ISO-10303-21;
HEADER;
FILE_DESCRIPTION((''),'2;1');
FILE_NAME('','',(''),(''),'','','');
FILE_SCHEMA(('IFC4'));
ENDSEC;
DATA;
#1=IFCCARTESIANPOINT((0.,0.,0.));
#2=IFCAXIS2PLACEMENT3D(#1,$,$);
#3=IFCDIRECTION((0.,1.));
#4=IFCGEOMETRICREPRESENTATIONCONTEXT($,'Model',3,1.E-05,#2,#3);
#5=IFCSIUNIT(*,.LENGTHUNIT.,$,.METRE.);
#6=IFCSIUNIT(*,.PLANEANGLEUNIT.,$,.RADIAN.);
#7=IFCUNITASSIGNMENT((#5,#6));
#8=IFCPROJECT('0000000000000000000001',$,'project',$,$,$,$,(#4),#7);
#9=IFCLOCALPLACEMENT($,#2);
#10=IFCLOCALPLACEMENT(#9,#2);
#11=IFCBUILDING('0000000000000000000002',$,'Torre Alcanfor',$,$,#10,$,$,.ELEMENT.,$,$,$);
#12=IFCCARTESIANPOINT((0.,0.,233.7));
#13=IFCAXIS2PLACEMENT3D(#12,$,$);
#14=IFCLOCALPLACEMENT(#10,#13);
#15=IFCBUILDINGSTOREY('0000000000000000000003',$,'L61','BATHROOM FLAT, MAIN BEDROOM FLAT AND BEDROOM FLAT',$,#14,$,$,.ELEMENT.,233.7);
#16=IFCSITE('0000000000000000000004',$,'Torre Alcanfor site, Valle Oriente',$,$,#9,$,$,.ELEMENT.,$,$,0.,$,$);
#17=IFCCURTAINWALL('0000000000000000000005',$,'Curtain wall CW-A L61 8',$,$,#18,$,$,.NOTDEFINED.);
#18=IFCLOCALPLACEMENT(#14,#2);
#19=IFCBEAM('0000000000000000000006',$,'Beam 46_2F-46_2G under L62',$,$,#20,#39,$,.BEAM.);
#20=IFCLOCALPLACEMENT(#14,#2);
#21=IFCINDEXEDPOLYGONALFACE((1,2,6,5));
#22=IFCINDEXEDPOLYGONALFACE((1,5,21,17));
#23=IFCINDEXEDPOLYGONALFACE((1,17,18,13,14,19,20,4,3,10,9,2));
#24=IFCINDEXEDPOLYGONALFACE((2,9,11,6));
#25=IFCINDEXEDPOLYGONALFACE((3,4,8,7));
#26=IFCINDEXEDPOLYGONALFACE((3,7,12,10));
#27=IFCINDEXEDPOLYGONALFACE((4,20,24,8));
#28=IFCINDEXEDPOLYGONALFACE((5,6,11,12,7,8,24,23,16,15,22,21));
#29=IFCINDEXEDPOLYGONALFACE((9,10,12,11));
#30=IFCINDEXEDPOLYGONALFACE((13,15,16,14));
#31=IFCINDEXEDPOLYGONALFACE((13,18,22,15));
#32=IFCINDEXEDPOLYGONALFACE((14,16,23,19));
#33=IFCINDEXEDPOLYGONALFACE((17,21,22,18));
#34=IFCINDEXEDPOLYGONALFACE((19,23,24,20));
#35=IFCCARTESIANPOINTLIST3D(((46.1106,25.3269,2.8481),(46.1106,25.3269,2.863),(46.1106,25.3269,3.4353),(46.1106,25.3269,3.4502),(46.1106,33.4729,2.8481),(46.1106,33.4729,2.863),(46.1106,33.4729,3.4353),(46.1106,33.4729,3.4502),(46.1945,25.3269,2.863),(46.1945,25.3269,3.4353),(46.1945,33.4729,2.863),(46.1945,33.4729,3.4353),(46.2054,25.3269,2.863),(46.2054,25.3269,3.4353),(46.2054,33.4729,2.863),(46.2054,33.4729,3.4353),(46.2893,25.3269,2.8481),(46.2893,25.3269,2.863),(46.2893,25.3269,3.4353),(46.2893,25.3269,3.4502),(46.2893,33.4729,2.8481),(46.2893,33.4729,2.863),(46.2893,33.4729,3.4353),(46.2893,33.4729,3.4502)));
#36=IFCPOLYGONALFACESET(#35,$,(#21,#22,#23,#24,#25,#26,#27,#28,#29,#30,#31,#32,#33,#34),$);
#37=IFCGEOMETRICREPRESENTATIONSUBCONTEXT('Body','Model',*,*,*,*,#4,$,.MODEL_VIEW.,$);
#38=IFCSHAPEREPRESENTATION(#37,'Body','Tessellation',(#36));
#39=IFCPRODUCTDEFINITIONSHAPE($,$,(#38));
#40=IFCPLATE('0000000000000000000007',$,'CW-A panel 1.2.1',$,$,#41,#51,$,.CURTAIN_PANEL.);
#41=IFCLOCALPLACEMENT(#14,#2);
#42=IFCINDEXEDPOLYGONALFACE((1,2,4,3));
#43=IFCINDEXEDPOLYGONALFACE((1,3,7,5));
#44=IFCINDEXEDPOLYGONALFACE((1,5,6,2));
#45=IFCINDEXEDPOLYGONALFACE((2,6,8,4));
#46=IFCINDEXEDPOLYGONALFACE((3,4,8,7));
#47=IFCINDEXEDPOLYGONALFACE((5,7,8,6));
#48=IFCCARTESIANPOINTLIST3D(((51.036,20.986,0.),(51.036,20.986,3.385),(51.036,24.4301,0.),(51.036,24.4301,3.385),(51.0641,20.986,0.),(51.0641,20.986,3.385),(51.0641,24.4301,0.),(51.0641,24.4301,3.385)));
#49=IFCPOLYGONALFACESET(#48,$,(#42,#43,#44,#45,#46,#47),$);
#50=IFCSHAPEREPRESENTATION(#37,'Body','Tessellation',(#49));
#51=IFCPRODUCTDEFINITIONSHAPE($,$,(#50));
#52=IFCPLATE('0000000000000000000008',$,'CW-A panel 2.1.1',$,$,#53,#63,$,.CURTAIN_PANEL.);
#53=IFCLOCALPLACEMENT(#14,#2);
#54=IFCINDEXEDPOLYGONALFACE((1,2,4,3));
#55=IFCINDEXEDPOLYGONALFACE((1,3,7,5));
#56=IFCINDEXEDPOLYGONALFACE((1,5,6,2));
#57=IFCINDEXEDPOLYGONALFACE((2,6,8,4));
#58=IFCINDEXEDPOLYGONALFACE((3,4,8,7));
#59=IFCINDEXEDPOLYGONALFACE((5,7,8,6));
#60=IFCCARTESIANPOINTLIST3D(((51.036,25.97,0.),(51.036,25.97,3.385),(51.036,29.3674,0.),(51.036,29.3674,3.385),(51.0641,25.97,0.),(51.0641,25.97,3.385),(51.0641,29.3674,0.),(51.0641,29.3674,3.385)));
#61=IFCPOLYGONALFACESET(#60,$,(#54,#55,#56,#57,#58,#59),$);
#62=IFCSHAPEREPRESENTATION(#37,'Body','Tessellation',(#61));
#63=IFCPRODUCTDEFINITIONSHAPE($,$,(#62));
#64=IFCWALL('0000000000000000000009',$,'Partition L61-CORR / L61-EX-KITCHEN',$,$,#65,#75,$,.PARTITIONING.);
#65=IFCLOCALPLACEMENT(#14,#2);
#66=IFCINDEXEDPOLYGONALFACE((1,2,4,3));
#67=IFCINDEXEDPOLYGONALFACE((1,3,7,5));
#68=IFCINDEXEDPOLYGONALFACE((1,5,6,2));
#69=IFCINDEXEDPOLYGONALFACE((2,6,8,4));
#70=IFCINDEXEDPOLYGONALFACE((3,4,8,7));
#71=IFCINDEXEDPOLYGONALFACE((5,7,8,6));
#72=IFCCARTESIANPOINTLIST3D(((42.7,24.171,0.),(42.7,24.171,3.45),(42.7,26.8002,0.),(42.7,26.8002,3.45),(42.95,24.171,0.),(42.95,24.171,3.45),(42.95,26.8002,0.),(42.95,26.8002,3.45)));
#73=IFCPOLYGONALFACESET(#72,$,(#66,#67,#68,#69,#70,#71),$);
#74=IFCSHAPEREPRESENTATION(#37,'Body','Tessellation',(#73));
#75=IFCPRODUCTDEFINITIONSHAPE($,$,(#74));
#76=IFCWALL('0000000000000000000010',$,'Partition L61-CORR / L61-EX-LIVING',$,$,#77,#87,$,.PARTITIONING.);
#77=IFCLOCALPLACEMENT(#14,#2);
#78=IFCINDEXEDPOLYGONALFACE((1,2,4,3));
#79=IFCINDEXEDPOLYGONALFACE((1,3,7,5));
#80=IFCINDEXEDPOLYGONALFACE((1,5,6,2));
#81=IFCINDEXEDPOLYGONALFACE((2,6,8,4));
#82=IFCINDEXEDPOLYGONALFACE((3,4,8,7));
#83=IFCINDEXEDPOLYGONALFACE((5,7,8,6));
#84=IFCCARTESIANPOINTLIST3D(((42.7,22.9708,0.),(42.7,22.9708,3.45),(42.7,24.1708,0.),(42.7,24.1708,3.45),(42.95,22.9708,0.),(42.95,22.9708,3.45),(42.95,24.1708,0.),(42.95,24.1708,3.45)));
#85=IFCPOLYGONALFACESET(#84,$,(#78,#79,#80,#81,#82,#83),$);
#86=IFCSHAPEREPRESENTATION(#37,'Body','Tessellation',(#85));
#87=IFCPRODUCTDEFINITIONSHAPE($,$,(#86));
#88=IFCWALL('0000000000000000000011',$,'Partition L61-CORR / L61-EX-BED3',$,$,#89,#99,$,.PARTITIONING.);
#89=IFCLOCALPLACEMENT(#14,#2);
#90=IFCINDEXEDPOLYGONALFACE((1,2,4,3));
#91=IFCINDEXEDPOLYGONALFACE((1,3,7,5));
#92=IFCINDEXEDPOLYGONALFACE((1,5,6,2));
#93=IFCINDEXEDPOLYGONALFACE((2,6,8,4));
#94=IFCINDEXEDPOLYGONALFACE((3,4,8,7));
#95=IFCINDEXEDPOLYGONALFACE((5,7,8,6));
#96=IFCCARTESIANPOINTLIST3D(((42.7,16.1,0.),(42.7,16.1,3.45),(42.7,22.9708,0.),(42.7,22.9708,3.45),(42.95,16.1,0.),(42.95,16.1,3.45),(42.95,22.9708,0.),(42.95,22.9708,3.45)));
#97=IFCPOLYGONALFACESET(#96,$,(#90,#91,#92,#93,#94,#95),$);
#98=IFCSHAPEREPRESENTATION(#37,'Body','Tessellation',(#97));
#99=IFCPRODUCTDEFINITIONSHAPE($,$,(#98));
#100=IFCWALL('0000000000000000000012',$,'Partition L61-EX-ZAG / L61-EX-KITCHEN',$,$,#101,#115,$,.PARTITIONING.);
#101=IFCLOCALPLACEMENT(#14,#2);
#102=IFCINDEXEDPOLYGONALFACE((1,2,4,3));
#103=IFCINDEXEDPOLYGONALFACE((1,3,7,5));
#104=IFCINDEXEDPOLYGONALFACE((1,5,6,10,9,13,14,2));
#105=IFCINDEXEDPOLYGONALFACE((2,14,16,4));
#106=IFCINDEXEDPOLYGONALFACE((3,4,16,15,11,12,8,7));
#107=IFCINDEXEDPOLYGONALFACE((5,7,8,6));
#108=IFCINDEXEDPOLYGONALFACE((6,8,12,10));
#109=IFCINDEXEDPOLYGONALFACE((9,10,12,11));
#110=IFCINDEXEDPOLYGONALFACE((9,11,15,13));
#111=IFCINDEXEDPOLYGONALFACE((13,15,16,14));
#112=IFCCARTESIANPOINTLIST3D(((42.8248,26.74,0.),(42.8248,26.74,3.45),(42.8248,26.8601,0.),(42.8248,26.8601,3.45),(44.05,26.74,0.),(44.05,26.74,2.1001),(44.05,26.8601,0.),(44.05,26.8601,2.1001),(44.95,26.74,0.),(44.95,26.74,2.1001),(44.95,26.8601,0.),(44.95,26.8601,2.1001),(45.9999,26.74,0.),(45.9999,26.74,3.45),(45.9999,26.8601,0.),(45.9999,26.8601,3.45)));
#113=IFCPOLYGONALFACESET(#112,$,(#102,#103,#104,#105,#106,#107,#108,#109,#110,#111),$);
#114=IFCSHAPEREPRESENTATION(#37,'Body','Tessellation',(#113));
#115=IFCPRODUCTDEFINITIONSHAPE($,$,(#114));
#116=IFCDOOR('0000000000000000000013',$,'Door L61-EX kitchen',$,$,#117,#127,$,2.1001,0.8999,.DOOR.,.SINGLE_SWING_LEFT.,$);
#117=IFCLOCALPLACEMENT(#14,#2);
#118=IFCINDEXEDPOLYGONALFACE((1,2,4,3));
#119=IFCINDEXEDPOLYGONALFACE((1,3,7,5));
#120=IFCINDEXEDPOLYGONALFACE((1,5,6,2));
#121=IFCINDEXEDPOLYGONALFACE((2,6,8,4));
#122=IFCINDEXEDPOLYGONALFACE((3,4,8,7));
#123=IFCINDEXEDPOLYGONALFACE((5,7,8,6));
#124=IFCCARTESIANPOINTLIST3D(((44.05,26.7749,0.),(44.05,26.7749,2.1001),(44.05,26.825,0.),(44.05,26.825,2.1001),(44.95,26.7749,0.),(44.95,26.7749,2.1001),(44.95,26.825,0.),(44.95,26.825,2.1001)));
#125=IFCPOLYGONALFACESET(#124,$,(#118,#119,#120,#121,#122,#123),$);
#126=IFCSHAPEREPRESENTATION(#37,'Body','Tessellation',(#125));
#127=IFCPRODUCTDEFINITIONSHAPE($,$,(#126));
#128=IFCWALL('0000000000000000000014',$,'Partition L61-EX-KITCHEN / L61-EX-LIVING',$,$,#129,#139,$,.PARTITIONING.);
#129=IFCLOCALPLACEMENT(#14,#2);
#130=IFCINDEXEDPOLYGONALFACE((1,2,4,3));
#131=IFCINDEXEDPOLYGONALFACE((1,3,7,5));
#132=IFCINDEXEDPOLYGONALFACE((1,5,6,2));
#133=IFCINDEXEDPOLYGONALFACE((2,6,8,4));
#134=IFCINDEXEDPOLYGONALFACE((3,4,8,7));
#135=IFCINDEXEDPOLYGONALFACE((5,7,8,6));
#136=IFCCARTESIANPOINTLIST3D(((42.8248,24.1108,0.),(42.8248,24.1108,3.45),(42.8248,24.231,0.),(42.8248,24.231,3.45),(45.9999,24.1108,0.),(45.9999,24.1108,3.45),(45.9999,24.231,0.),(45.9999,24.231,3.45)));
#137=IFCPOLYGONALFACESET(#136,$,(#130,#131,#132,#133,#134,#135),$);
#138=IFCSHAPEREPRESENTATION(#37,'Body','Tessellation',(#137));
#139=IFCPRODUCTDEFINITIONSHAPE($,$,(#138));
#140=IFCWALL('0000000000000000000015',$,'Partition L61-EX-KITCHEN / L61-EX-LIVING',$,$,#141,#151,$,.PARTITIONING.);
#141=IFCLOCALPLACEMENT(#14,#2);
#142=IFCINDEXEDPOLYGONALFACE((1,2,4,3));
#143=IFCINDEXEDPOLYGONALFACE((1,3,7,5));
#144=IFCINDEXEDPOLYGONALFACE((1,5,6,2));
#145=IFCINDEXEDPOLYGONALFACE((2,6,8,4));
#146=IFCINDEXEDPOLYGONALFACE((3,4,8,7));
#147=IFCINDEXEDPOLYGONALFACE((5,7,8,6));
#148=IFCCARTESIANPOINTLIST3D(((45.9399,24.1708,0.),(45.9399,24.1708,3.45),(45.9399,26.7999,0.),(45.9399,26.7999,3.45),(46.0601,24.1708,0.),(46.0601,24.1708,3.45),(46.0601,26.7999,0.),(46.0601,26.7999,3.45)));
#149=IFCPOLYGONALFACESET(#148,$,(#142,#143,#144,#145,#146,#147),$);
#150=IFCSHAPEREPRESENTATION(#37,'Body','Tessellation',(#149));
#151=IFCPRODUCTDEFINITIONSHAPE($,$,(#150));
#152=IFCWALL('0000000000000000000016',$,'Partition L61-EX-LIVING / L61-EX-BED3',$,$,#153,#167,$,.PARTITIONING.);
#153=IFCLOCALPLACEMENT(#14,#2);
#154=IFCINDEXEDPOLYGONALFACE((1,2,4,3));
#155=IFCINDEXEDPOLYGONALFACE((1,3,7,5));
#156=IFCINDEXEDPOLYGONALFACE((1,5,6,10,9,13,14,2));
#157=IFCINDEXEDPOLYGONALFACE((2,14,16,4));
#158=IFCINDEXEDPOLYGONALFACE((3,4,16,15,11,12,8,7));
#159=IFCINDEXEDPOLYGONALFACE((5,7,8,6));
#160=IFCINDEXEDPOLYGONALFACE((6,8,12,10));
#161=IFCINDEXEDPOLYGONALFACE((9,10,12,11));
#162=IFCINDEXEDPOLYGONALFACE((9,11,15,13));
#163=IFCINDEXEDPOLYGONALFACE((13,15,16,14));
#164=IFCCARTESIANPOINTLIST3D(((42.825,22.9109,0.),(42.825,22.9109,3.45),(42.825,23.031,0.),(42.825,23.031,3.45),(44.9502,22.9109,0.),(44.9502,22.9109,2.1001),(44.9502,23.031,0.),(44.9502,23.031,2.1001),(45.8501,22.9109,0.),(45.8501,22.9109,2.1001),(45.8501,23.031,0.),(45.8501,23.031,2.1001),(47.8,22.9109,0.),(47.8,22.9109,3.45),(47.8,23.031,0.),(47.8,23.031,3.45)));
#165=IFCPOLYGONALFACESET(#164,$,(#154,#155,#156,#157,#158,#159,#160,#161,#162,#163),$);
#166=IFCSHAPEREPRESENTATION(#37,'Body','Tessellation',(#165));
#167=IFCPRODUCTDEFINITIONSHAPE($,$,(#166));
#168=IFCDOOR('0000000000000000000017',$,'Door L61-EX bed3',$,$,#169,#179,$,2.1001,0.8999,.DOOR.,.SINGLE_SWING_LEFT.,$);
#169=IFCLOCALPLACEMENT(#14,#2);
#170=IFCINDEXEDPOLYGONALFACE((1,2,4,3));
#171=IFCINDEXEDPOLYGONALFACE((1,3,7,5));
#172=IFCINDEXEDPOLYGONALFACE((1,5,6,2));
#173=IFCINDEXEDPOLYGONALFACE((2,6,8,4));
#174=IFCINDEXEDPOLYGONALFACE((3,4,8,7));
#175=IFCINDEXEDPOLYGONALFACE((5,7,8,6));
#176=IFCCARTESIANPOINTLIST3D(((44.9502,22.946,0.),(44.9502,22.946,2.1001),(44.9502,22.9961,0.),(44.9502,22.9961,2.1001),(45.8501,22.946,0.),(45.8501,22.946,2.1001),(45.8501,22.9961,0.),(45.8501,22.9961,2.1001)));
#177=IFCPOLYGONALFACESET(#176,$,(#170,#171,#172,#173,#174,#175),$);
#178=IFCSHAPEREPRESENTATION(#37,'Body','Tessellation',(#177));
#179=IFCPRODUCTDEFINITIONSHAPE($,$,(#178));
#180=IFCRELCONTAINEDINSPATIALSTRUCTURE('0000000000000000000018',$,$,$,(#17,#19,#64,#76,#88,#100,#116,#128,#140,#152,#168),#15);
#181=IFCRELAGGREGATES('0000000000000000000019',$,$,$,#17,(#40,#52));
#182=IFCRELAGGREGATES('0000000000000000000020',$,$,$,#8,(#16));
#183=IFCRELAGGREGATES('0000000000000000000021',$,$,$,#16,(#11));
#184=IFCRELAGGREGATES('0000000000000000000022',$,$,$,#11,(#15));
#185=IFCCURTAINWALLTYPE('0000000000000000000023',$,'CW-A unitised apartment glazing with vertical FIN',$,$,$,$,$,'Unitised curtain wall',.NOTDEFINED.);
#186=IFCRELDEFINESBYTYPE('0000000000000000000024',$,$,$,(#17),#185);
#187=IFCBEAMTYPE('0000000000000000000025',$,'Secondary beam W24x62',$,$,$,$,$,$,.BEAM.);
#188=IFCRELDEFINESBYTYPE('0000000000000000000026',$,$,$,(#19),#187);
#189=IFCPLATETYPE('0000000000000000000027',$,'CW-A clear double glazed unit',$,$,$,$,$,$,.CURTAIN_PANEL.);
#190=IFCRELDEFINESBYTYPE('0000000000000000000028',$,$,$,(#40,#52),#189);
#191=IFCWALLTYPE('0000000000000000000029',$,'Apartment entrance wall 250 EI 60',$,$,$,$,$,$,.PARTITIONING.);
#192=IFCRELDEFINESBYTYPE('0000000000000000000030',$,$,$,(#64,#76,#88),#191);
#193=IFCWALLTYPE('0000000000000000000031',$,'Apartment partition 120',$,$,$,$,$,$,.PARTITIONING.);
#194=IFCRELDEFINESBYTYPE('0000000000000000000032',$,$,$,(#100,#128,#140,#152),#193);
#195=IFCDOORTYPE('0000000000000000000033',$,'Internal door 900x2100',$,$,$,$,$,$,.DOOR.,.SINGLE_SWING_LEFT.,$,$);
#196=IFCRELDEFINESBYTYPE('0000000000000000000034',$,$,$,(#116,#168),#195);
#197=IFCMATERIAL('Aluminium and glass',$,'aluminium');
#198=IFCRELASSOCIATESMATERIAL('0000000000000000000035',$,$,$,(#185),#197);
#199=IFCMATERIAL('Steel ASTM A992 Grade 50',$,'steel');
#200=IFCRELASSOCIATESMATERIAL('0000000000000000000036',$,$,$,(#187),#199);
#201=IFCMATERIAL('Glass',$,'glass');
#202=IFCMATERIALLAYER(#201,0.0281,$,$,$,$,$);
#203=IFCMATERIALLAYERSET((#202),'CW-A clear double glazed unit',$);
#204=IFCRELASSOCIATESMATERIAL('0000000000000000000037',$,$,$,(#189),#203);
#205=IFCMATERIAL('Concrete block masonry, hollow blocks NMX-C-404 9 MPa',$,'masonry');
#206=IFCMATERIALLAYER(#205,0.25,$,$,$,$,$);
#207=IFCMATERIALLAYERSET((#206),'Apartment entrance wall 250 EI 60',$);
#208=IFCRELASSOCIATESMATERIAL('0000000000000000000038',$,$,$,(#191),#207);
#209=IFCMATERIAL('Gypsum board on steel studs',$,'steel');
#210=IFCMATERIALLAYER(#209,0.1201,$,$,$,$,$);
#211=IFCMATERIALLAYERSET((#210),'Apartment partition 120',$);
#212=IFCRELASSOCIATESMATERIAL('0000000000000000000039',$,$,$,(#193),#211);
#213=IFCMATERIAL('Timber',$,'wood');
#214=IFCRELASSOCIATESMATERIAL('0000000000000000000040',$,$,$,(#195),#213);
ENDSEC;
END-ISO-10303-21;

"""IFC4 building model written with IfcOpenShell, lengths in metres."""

from ifc_helpers import new_model, si_unit, direction, frame, frame_2d, origin, origin_2d, place, context, subcontext, project, spatial, rectangle, i_section, extrude, material, layer, layer_set, material_profile, profile_set, type_object, element, fill, aggregate, save


model = new_model("IFC4")

# Units and contexts
model_context = context("Model", 3, precision=1e-05, world=origin(), true_north=direction((0.0, 1.0)))
body_context = subcontext(model_context, "Body", "Model", "MODEL_VIEW")
ifc_project = project(units=[si_unit("LENGTHUNIT", "METRE"), si_unit("PLANEANGLEUNIT", "RADIAN")], contexts=[model_context])

# Site, building, storey
site_placement = place(None, origin())
site = spatial("IfcSite", under=ifc_project, at=site_placement, Name="Torre Alcanfor site, Valle Oriente", CompositionType="ELEMENT", RefElevation=0.0)
building_placement = place(site_placement, origin())
building = spatial("IfcBuilding", under=site, at=building_placement, Name="Torre Alcanfor", CompositionType="ELEMENT")
storey_placement = place(building_placement, frame((0.0, 0.0, 233.7)))
storey = spatial("IfcBuildingStorey", under=building, at=storey_placement, Name="L61", Description="BATHROOM FLAT, MAIN BEDROOM FLAT AND BEDROOM FLAT", CompositionType="ELEMENT", Elevation=233.7)

# Curtain wall
ifc_material_1 = material(Name="Aluminium and glass", Category="aluminium")
curtain_wall_type = type_object("IfcCurtainWallType", Name="CW-A unitised apartment glazing with vertical FIN", ElementType="Unitised curtain wall", PredefinedType="NOTDEFINED", material=ifc_material_1)
curtain_wall_placement = place(storey_placement, origin())
curtain_wall = element("IfcCurtainWall", 1, at=curtain_wall_placement, inside=storey, type_object=curtain_wall_type, Name="Curtain wall CW-A L61 8", PredefinedType="NOTDEFINED")

# Beam
ifc_material_2 = material(Name="Steel ASTM A992 Grade 50", Category="steel")
ifc_material_profile_1 = material_profile(ifc_material_2, i_section(OverallWidth=0.1787, OverallDepth=0.6021, WebThickness=0.011, FlangeThickness=0.0149, at=origin_2d()), Name="W24x62")
ifc_profile_set_1 = profile_set([ifc_material_profile_1], Name="Steel ASTM A992 Grade 50")
beam_type_1 = type_object("IfcBeamType", Name="Secondary beam W24x62", PredefinedType="BEAM", material=ifc_profile_set_1)
beam_1_placement = place(storey_placement, frame((46.2, 25.3269, 3.1492), z_axis=(0.0, 1.0, 0.0), x_axis=(-1.0, 0.0, 0.0)))
element("IfcBeam", 2, at=beam_1_placement, inside=storey, type_object=beam_type_1, Name="Beam 46_2F-46_2G under L62", PredefinedType="BEAM", context=body_context, shape_type="SweptSolid", body=[
    extrude(i_section(OverallWidth=0.1787, OverallDepth=0.6021, WebThickness=0.011, FlangeThickness=0.0149, at=origin_2d()), origin(), (0.0, 0.0, 1.0), 8.146),
])

# Plates
ifc_material_3 = material(Name="Glass", Category="glass")
ifc_layer_1 = layer(ifc_material_3, 0.0281)
ifc_layer_set_1 = layer_set([ifc_layer_1], Name="CW-A clear double glazed unit")
plate_type = type_object("IfcPlateType", Name="CW-A clear double glazed unit", PredefinedType="CURTAIN_PANEL", material=ifc_layer_set_1)
plate_1_placement = place(storey_placement, frame((51.05, 22.708, 0.0), z_axis=(0.0, 0.0, 1.0), x_axis=(0.0, 1.0, 0.0)))
plate_1 = element("IfcPlate", 3, at=plate_1_placement, type_object=plate_type, Name="CW-A panel 1.2.1", PredefinedType="CURTAIN_PANEL", context=body_context, shape_type="SweptSolid", body=[
    extrude(rectangle(XDim=3.4441, YDim=0.0281, at=origin_2d()), origin(), (0.0, 0.0, 1.0), 3.385),
])
plate_2_placement = place(storey_placement, frame((51.05, 27.6687, 0.0), z_axis=(0.0, 0.0, 1.0), x_axis=(0.0, 1.0, 0.0)))
plate_2 = element("IfcPlate", 4, at=plate_2_placement, type_object=plate_type, Name="CW-A panel 2.1.1", PredefinedType="CURTAIN_PANEL", context=body_context, shape_type="SweptSolid", body=[
    extrude(rectangle(XDim=3.3975, YDim=0.0281, at=origin_2d()), origin(), (0.0, 0.0, 1.0), 3.385),
])
aggregate(curtain_wall, [plate_1, plate_2])

# Walls
ifc_material_4 = material(Name="Concrete block masonry, hollow blocks NMX-C-404 9 MPa", Category="masonry")
ifc_layer_2 = layer(ifc_material_4, 0.25)
ifc_layer_set_2 = layer_set([ifc_layer_2], Name="Apartment entrance wall 250 EI 60")
wall_type_1 = type_object("IfcWallType", Name="Apartment entrance wall 250 EI 60", PredefinedType="PARTITIONING", material=ifc_layer_set_2)
wall_1_placement = place(storey_placement, frame((42.825, 26.8, 0.0), z_axis=(0.0, 0.0, 1.0), x_axis=(0.0, -1.0, 0.0)))
element("IfcWall", 5, at=wall_1_placement, inside=storey, type_object=wall_type_1, Name="Partition L61-CORR / L61-EX-KITCHEN", PredefinedType="PARTITIONING", context=body_context, shape_type="SweptSolid", body=[
    extrude(rectangle(XDim=2.6292, YDim=0.25, at=frame_2d((1.3145, 0.0))), origin(), (0.0, 0.0, 1.0), 3.45),
])
wall_2_placement = place(storey_placement, frame((42.825, 24.1709, 0.0), z_axis=(0.0, 0.0, 1.0), x_axis=(0.0, -1.0, 0.0)))
element("IfcWall", 6, at=wall_2_placement, inside=storey, type_object=wall_type_1, Name="Partition L61-CORR / L61-EX-LIVING", PredefinedType="PARTITIONING", context=body_context, shape_type="SweptSolid", body=[
    extrude(rectangle(XDim=1.2, YDim=0.25, at=frame_2d((0.6001, 0.0))), origin(), (0.0, 0.0, 1.0), 3.45),
])
wall_3_placement = place(storey_placement, frame((42.825, 22.9709, 0.0), z_axis=(0.0, 0.0, 1.0), x_axis=(0.0, -1.0, 0.0)))
element("IfcWall", 7, at=wall_3_placement, inside=storey, type_object=wall_type_1, Name="Partition L61-CORR / L61-EX-BED3", PredefinedType="PARTITIONING", context=body_context, shape_type="SweptSolid", body=[
    extrude(rectangle(XDim=6.8708, YDim=0.25, at=frame_2d((3.4355, 0.0))), origin(), (0.0, 0.0, 1.0), 3.45),
])

# Wall, opening, door
ifc_material_5 = material(Name="Gypsum board on steel studs", Category="steel")
ifc_layer_3 = layer(ifc_material_5, 0.1201)
ifc_layer_set_3 = layer_set([ifc_layer_3], Name="Apartment partition 120")
wall_type_2 = type_object("IfcWallType", Name="Apartment partition 120", PredefinedType="PARTITIONING", material=ifc_layer_set_3)
wall_4_placement = place(storey_placement, frame((42.825, 26.8, 0.0), z_axis=(0.0, 0.0, 1.0), x_axis=(1.0, 0.0, 0.0)))
wall_4 = element("IfcWall", 8, at=wall_4_placement, inside=storey, type_object=wall_type_2, Name="Partition L61-EX-ZAG / L61-EX-KITCHEN", PredefinedType="PARTITIONING", context=body_context, shape_type="SweptSolid", body=[
    extrude(rectangle(XDim=3.175, YDim=0.1201, at=frame_2d((1.5874, 0.0))), origin(), (0.0, 0.0, 1.0), 3.45),
])
opening_1_placement = place(wall_4_placement, frame((1.2251, 0.0, 0.0)))
opening_1 = element("IfcOpeningElement", 9, at=opening_1_placement, cuts=wall_4, PredefinedType="OPENING", context=body_context, shape_type="SweptSolid", body=[
    extrude(rectangle(XDim=0.8999, YDim=2.1001, at=frame_2d((0.45, 1.05))), frame((0.0, 0.0701, 0.0), z_axis=(0.0, -1.0, 0.0), x_axis=(1.0, 0.0, 0.0)), (0.0, 0.0, 1.0), 0.1401),
])
ifc_material_6 = material(Name="Timber", Category="wood")
door_type_1 = type_object("IfcDoorType", Name="Internal door 900x2100", OperationType="SINGLE_SWING_LEFT", PredefinedType="DOOR", material=ifc_material_6)
door_1_placement = place(opening_1_placement, frame((0.8999, 0.0, 0.0), z_axis=(0.0, 0.0, 1.0), x_axis=(-1.0, 0.0, 0.0)))
door_1 = element("IfcDoor", 10, at=door_1_placement, inside=storey, type_object=door_type_1, Name="Door L61-EX kitchen", OperationType="SINGLE_SWING_LEFT", OverallHeight=2.1001, OverallWidth=0.8999, PredefinedType="DOOR", context=body_context, shape_type="SweptSolid", body=[
    extrude(rectangle(XDim=0.8999, YDim=2.1001, at=frame_2d((0.45, 1.05))), frame((0.0, 0.0251, 0.0), z_axis=(0.0, -1.0, 0.0), x_axis=(1.0, 0.0, 0.0)), (0.0, 0.0, 1.0), 0.05),
])
fill(opening_1, door_1)

# Walls
wall_5_placement = place(storey_placement, frame((42.825, 24.1709, 0.0), z_axis=(0.0, 0.0, 1.0), x_axis=(1.0, 0.0, 0.0)))
element("IfcWall", 11, at=wall_5_placement, inside=storey, type_object=wall_type_2, Name="Partition L61-EX-KITCHEN / L61-EX-LIVING", PredefinedType="PARTITIONING", context=body_context, shape_type="SweptSolid", body=[
    extrude(rectangle(XDim=3.175, YDim=0.1201, at=frame_2d((1.5874, 0.0))), origin(), (0.0, 0.0, 1.0), 3.45),
])
wall_6_placement = place(storey_placement, frame((46.0, 24.1709, 0.0), z_axis=(0.0, 0.0, 1.0), x_axis=(0.0, 1.0, 0.0)))
element("IfcWall", 12, at=wall_6_placement, inside=storey, type_object=wall_type_2, Name="Partition L61-EX-KITCHEN / L61-EX-LIVING", PredefinedType="PARTITIONING", context=body_context, shape_type="SweptSolid", body=[
    extrude(rectangle(XDim=2.6292, YDim=0.1201, at=frame_2d((1.3145, 0.0))), origin(), (0.0, 0.0, 1.0), 3.45),
])

# Wall, opening, door
wall_7_placement = place(storey_placement, frame((47.8, 22.9709, 0.0), z_axis=(0.0, 0.0, 1.0), x_axis=(-1.0, 0.0, 0.0)))
wall_7 = element("IfcWall", 13, at=wall_7_placement, inside=storey, type_object=wall_type_2, Name="Partition L61-EX-LIVING / L61-EX-BED3", PredefinedType="PARTITIONING", context=body_context, shape_type="SweptSolid", body=[
    extrude(rectangle(XDim=4.9751, YDim=0.1201, at=frame_2d((2.4875, 0.0))), origin(), (0.0, 0.0, 1.0), 3.45),
])
opening_2_placement = place(wall_7_placement, frame((1.95, 0.0, 0.0)))
opening_2 = element("IfcOpeningElement", 14, at=opening_2_placement, cuts=wall_7, PredefinedType="OPENING", context=body_context, shape_type="SweptSolid", body=[
    extrude(rectangle(XDim=0.8999, YDim=2.1001, at=frame_2d((0.45, 1.05))), frame((0.0, 0.0701, 0.0), z_axis=(0.0, -1.0, 0.0), x_axis=(1.0, 0.0, 0.0)), (0.0, 0.0, 1.0), 0.1401),
])
door_2_placement = place(opening_2_placement, origin())
door_2 = element("IfcDoor", 15, at=door_2_placement, inside=storey, type_object=door_type_1, Name="Door L61-EX bed3", OperationType="SINGLE_SWING_LEFT", OverallHeight=2.1001, OverallWidth=0.8999, PredefinedType="DOOR", context=body_context, shape_type="SweptSolid", body=[
    extrude(rectangle(XDim=0.8999, YDim=2.1001, at=frame_2d((0.45, 1.05))), frame((0.0, 0.0249, 0.0), z_axis=(0.0, -1.0, 0.0), x_axis=(1.0, 0.0, 0.0)), (0.0, 0.0, 1.0), 0.05),
])
fill(opening_2, door_2)

save(model, "model.ifc")
